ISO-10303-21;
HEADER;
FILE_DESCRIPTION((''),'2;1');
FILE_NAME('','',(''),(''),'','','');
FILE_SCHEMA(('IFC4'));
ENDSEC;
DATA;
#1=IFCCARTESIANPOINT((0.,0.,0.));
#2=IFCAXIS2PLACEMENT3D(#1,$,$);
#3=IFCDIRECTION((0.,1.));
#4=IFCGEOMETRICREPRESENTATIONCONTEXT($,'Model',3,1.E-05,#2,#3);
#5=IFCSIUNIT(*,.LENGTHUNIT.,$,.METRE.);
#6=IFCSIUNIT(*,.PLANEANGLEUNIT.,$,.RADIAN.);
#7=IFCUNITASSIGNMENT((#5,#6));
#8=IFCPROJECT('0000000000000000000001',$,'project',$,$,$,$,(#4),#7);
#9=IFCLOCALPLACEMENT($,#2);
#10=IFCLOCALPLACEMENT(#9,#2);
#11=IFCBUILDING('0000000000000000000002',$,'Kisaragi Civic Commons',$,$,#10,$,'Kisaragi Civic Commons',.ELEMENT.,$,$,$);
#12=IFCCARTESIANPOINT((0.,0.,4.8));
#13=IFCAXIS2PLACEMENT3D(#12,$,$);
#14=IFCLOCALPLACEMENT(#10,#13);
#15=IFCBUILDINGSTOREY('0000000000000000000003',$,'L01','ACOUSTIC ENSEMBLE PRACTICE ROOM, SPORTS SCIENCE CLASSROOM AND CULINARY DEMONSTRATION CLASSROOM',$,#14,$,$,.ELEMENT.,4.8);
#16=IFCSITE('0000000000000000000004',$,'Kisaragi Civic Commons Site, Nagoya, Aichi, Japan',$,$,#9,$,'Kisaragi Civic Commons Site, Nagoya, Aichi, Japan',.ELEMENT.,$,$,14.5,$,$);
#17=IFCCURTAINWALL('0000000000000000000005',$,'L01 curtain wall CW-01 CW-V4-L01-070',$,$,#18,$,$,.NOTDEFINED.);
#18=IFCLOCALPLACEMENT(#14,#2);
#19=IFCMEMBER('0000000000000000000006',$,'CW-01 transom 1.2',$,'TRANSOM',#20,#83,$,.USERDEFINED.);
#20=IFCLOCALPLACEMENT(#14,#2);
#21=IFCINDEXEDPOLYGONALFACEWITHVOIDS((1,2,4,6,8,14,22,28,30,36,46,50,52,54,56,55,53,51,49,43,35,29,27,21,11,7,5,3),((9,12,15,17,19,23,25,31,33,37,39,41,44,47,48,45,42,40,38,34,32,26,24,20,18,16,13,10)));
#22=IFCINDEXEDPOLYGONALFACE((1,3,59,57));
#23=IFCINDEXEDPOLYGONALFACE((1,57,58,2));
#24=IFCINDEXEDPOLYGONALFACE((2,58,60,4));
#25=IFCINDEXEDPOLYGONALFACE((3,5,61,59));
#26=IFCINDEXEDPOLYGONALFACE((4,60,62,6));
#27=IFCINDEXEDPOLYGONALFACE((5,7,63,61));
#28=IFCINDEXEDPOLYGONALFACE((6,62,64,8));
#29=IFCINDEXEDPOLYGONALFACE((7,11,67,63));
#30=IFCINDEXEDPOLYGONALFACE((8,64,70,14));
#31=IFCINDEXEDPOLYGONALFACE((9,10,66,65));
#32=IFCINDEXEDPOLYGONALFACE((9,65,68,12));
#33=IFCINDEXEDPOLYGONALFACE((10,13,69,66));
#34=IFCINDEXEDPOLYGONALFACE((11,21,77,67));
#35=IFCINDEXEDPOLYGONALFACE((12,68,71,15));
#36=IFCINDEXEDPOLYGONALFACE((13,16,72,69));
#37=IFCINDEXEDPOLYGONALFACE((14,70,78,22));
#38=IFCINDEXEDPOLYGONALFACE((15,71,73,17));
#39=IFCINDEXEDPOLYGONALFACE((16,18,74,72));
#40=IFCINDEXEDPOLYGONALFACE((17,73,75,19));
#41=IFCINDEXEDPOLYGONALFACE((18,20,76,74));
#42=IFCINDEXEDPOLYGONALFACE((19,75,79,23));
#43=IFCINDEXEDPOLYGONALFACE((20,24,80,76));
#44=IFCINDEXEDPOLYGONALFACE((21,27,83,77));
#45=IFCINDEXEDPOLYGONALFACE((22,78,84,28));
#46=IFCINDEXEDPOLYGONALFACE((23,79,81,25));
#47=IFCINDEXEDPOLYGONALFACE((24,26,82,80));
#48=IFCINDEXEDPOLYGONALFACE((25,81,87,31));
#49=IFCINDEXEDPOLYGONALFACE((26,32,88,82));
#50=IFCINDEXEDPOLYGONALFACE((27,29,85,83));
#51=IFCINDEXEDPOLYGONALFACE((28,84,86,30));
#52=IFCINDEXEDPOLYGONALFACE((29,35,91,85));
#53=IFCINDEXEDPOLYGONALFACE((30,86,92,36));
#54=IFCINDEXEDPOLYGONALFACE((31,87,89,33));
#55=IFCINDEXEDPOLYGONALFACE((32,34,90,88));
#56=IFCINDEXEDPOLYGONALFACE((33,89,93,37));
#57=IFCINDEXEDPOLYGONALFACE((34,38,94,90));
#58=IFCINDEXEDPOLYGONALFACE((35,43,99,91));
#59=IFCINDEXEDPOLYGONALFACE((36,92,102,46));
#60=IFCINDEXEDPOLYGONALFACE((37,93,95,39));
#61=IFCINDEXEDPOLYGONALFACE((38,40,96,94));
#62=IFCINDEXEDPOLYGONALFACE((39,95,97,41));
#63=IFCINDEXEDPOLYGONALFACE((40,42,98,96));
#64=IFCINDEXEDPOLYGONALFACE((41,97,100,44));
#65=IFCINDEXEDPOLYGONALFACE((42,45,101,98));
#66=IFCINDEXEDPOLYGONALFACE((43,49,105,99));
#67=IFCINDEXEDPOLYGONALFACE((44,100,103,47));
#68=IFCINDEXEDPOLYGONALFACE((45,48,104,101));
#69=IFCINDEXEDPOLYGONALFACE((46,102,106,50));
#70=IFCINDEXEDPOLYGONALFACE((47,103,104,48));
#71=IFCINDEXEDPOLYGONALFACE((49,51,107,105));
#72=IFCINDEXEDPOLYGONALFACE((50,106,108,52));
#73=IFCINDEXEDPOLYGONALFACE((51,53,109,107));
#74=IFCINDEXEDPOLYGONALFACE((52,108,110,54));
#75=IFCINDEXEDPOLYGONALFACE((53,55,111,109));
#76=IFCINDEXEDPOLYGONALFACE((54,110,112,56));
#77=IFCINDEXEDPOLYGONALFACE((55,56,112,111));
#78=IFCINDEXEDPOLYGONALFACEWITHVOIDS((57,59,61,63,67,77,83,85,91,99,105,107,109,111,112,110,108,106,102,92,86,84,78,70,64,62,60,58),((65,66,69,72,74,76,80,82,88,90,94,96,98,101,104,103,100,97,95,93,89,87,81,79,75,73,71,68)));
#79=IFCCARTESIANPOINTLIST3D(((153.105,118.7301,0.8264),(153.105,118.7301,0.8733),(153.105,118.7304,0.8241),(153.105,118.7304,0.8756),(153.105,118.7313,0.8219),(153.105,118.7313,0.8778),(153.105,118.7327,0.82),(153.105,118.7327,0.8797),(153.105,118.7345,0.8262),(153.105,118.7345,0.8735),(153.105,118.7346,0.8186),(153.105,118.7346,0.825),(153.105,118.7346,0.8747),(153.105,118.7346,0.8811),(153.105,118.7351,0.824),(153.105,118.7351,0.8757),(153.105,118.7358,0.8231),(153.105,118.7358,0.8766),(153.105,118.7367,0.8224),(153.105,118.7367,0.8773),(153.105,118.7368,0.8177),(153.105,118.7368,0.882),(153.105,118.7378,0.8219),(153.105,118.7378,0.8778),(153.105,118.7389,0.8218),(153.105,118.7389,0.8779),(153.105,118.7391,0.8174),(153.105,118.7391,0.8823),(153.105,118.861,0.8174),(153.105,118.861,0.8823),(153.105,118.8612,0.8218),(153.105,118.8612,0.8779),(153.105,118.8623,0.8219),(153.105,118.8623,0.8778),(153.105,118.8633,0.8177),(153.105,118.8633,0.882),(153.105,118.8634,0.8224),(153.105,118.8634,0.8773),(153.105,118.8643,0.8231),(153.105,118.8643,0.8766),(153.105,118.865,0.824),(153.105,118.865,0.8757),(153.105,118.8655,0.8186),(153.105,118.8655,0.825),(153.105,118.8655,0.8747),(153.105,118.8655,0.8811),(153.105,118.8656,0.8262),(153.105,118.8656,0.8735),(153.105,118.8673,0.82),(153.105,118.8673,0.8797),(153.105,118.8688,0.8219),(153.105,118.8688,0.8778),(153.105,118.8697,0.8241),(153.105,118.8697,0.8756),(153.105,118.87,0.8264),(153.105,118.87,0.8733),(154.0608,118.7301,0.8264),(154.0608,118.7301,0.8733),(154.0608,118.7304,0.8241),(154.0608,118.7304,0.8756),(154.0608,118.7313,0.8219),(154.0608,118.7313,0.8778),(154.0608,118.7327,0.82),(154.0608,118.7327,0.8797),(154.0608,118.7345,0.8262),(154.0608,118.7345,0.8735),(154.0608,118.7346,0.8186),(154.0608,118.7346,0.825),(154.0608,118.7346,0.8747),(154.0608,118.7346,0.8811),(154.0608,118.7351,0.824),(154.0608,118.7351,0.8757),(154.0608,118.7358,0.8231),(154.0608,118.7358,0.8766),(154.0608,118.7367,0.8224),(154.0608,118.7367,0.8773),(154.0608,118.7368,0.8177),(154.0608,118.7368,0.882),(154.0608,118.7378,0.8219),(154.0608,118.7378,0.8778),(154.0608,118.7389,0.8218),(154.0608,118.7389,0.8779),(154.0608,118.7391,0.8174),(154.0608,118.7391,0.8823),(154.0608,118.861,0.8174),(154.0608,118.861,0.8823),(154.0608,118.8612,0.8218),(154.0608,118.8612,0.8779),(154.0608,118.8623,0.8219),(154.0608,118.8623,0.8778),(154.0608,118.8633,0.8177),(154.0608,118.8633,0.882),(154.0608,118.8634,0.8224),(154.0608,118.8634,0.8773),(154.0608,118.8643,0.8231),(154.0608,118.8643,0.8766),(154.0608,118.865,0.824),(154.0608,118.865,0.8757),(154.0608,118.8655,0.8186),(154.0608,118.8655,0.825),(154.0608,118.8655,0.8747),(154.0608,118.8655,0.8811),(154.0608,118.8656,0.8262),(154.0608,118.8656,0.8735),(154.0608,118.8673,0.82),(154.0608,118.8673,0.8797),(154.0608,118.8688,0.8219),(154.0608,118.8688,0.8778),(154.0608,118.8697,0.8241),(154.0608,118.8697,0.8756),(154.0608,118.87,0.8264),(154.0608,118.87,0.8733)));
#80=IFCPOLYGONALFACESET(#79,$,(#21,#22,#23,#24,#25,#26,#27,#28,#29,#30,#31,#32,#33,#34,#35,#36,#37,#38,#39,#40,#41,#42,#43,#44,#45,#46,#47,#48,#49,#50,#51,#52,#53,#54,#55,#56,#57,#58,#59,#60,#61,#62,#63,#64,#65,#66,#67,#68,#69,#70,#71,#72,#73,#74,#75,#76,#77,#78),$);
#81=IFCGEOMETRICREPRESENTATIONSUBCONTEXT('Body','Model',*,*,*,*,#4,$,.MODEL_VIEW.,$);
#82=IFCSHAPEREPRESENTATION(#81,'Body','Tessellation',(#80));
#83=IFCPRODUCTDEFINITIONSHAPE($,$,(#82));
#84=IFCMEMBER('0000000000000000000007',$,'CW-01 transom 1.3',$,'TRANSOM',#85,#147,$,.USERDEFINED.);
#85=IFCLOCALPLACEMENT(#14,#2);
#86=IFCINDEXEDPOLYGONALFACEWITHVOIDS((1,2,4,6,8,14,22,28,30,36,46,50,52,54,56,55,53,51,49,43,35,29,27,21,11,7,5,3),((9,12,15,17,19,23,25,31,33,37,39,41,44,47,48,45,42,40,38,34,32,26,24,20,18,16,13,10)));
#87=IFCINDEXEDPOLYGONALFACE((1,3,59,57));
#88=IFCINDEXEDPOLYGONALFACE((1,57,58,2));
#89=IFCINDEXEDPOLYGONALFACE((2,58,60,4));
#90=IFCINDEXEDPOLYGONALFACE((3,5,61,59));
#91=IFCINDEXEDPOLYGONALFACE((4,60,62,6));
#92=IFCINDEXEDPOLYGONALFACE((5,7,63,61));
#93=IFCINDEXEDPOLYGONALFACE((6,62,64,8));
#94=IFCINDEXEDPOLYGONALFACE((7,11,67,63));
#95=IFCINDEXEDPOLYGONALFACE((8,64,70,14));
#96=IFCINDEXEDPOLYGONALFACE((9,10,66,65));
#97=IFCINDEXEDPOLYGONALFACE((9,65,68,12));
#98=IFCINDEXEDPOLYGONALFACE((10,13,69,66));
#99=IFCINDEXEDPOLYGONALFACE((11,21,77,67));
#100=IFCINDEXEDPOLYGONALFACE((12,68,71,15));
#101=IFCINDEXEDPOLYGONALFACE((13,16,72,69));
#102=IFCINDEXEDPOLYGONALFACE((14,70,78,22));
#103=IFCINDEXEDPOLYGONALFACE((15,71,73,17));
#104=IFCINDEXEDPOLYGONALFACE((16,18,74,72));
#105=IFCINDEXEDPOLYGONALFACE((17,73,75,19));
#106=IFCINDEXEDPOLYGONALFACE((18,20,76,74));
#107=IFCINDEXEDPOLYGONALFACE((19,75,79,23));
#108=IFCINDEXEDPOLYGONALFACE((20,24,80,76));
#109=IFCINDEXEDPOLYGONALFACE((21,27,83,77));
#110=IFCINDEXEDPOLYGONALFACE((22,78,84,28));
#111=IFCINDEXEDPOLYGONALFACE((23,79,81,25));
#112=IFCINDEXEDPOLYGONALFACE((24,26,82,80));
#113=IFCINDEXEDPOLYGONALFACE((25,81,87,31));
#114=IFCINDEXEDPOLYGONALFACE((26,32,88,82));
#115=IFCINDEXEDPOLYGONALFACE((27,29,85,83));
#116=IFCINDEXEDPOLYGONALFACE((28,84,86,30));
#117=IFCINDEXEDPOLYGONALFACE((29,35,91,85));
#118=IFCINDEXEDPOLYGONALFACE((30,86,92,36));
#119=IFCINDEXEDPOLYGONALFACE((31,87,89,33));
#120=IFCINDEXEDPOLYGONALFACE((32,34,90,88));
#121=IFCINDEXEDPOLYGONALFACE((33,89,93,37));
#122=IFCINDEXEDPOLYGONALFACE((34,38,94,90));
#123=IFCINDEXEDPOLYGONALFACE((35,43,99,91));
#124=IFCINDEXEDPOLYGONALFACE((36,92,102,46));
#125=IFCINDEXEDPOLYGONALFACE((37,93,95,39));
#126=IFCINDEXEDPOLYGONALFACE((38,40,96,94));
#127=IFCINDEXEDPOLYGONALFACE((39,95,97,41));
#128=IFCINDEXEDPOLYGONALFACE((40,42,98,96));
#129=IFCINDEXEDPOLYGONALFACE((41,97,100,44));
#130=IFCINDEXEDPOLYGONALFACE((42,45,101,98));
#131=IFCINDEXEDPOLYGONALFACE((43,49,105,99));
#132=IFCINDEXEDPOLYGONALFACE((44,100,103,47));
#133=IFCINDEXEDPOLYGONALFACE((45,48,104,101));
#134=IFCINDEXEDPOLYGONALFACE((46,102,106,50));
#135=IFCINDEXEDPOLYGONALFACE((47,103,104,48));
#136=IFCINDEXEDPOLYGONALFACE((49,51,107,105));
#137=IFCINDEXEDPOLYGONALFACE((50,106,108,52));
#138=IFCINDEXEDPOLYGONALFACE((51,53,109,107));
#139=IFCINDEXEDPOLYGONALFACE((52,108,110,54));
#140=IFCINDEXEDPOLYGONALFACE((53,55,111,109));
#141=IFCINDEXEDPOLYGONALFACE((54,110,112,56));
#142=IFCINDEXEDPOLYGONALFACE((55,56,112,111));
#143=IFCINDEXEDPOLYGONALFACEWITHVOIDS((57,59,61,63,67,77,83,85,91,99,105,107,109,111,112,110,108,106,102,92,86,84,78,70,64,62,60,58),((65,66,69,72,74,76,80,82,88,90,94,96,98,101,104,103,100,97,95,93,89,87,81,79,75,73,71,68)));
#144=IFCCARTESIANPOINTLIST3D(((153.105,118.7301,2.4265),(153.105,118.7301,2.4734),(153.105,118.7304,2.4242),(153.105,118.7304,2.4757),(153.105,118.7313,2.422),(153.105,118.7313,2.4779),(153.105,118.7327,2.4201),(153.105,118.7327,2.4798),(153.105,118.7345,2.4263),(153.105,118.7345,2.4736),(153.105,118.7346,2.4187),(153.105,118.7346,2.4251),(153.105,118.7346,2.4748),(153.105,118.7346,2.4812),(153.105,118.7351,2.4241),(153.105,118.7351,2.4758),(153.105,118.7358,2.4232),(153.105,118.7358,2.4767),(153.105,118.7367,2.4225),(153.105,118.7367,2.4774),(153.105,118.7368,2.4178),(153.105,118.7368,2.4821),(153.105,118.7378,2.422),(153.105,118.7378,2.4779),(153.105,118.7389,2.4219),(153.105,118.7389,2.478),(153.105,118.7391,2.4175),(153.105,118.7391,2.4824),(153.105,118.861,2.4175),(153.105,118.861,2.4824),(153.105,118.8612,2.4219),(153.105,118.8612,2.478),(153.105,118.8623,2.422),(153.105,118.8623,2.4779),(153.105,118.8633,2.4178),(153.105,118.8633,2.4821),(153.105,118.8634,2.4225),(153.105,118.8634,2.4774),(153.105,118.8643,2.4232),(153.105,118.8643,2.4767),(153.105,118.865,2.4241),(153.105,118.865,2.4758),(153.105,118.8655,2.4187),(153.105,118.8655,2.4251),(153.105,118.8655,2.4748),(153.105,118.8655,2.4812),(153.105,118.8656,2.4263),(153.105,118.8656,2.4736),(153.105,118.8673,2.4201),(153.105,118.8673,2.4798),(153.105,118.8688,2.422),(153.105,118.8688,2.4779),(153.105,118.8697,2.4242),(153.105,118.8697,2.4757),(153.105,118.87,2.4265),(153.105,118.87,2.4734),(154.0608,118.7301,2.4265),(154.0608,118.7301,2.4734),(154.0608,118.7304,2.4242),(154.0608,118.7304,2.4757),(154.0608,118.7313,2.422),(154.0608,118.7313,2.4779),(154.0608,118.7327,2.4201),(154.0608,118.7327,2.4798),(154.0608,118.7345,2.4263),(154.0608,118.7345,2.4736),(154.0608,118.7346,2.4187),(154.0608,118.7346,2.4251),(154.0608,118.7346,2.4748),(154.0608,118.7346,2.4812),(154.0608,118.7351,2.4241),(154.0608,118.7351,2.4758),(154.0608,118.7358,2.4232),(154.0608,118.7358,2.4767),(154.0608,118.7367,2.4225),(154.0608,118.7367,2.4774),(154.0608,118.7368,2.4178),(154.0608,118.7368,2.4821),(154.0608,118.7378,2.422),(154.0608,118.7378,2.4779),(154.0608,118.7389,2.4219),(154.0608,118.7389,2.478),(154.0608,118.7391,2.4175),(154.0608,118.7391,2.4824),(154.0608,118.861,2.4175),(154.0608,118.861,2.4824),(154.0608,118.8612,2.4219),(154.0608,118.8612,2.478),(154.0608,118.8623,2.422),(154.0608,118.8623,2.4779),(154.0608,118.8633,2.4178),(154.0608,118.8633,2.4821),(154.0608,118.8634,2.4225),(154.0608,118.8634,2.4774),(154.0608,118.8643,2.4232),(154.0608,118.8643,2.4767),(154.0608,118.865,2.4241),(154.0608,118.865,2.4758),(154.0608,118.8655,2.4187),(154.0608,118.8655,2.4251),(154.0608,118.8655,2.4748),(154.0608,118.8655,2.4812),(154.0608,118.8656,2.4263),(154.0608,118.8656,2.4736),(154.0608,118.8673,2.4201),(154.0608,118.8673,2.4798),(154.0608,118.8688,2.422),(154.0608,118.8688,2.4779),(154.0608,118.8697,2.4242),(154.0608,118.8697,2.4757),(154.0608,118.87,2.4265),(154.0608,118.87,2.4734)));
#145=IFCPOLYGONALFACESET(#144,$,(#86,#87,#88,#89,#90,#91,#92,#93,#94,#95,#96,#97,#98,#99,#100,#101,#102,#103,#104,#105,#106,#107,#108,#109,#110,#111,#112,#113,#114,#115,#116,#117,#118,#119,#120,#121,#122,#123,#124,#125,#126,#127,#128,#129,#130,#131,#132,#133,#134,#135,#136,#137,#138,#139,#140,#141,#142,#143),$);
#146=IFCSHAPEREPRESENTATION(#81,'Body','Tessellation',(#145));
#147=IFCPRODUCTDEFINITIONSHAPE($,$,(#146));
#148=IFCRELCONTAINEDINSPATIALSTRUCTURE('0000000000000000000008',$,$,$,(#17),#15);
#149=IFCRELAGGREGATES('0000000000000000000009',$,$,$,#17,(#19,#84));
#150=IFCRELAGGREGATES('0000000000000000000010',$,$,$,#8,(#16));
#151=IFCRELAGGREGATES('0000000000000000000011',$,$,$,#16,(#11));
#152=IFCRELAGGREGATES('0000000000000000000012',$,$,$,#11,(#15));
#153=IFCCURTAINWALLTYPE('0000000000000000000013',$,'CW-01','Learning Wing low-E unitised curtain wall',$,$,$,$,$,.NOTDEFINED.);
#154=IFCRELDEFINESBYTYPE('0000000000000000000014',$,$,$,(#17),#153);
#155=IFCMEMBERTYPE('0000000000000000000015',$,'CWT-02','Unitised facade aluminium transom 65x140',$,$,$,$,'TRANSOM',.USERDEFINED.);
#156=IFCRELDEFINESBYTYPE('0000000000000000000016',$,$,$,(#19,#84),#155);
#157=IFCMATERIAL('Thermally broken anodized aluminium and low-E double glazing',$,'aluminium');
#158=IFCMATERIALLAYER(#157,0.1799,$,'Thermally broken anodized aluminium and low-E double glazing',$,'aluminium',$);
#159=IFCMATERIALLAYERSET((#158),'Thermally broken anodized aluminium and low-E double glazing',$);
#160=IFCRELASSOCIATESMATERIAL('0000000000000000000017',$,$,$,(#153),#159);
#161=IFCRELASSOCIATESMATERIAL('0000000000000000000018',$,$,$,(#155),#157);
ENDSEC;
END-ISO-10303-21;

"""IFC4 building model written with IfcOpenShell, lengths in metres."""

from ifc_helpers import new_model, si_unit, direction, frame, origin, origin_2d, place, context, subcontext, project, spatial, hollow_rectangle, extrude, material, layer, layer_set, material_profile, profile_set, type_object, element, aggregate, save


model = new_model("IFC4")

# Units and contexts
model_context = context("Model", 3, precision=1e-05, world=origin(), true_north=direction((0.0, 1.0)))
body_context = subcontext(model_context, "Body", "Model", "MODEL_VIEW")
ifc_project = project(units=[si_unit("LENGTHUNIT", "METRE"), si_unit("PLANEANGLEUNIT", "RADIAN")], contexts=[model_context])

# Site, building, storey
site_placement = place(None, origin())
site = spatial("IfcSite", under=ifc_project, at=site_placement, Name="Kisaragi Civic Commons Site, Nagoya, Aichi, Japan", LongName="Kisaragi Civic Commons Site, Nagoya, Aichi, Japan", CompositionType="ELEMENT", RefElevation=14.5)
building_placement = place(site_placement, origin())
building = spatial("IfcBuilding", under=site, at=building_placement, Name="Kisaragi Civic Commons", LongName="Kisaragi Civic Commons", CompositionType="ELEMENT")
storey_placement = place(building_placement, frame((0.0, 0.0, 4.8)))
storey = spatial("IfcBuildingStorey", under=building, at=storey_placement, Name="L01", Description="ACOUSTIC ENSEMBLE PRACTICE ROOM, SPORTS SCIENCE CLASSROOM AND CULINARY DEMONSTRATION CLASSROOM", CompositionType="ELEMENT", Elevation=4.8)

# Shared definitions
ifc_material_1 = material(Name="Thermally broken anodized aluminium and low-E double glazing", Category="aluminium")
ifc_layer_1 = layer(ifc_material_1, 0.1799, Name="Thermally broken anodized aluminium and low-E double glazing", Category="aluminium")
ifc_layer_set_1 = layer_set([ifc_layer_1], Name="Thermally broken anodized aluminium and low-E double glazing")
curtain_wall_type = type_object("IfcCurtainWallType", Name="CW-01", Description="Learning Wing low-E unitised curtain wall", PredefinedType="NOTDEFINED", material=ifc_layer_set_1)

# Curtain wall
curtain_wall_1_placement = place(storey_placement, origin())
curtain_wall_1 = element("IfcCurtainWall", 1, at=curtain_wall_1_placement, inside=storey, type_object=curtain_wall_type, Name="L01 curtain wall CW-01 CW-V4-L01-070", PredefinedType="NOTDEFINED")

# Members
ifc_material_profile_1 = material_profile(ifc_material_1, hollow_rectangle(XDim=0.1399, YDim=0.0649, WallThickness=0.0044, InnerFilletRadius=0.0044, OuterFilletRadius=0.009, at=origin_2d()), Name="CWT-65x140x4.5", Category="aluminium")
ifc_profile_set_1 = profile_set([ifc_material_profile_1], Name="Thermally broken anodized aluminium and low-E double glazing")
member_type_1 = type_object("IfcMemberType", Name="CWT-02", Description="Unitised facade aluminium transom 65x140", ElementType="TRANSOM", PredefinedType="USERDEFINED", material=ifc_profile_set_1)
member_1_placement = place(storey_placement, frame((153.105, 118.8, 0.8499), z_axis=(1.0, 0.0, 0.0), x_axis=(0.0, 1.0, 0.0)))
member_1 = element("IfcMember", 2, at=member_1_placement, type_object=member_type_1, Name="CW-01 transom 1.2", ObjectType="TRANSOM", PredefinedType="USERDEFINED", context=body_context, shape_type="SweptSolid", body=[
    extrude(hollow_rectangle(XDim=0.1399, YDim=0.0649, WallThickness=0.0044, InnerFilletRadius=0.0044, OuterFilletRadius=0.009, at=origin_2d()), origin(), (0.0, 0.0, 1.0), 0.9558),
])
member_2_placement = place(storey_placement, frame((153.105, 118.8, 2.45), z_axis=(1.0, 0.0, 0.0), x_axis=(0.0, 1.0, 0.0)))
member_2 = element("IfcMember", 3, at=member_2_placement, type_object=member_type_1, Name="CW-01 transom 1.3", ObjectType="TRANSOM", PredefinedType="USERDEFINED", context=body_context, shape_type="SweptSolid", body=[
    extrude(hollow_rectangle(XDim=0.1399, YDim=0.0649, WallThickness=0.0044, InnerFilletRadius=0.0044, OuterFilletRadius=0.009, at=origin_2d()), origin(), (0.0, 0.0, 1.0), 0.9558),
])

aggregate(curtain_wall_1, [member_1, member_2])

save(model, "model.ifc")
